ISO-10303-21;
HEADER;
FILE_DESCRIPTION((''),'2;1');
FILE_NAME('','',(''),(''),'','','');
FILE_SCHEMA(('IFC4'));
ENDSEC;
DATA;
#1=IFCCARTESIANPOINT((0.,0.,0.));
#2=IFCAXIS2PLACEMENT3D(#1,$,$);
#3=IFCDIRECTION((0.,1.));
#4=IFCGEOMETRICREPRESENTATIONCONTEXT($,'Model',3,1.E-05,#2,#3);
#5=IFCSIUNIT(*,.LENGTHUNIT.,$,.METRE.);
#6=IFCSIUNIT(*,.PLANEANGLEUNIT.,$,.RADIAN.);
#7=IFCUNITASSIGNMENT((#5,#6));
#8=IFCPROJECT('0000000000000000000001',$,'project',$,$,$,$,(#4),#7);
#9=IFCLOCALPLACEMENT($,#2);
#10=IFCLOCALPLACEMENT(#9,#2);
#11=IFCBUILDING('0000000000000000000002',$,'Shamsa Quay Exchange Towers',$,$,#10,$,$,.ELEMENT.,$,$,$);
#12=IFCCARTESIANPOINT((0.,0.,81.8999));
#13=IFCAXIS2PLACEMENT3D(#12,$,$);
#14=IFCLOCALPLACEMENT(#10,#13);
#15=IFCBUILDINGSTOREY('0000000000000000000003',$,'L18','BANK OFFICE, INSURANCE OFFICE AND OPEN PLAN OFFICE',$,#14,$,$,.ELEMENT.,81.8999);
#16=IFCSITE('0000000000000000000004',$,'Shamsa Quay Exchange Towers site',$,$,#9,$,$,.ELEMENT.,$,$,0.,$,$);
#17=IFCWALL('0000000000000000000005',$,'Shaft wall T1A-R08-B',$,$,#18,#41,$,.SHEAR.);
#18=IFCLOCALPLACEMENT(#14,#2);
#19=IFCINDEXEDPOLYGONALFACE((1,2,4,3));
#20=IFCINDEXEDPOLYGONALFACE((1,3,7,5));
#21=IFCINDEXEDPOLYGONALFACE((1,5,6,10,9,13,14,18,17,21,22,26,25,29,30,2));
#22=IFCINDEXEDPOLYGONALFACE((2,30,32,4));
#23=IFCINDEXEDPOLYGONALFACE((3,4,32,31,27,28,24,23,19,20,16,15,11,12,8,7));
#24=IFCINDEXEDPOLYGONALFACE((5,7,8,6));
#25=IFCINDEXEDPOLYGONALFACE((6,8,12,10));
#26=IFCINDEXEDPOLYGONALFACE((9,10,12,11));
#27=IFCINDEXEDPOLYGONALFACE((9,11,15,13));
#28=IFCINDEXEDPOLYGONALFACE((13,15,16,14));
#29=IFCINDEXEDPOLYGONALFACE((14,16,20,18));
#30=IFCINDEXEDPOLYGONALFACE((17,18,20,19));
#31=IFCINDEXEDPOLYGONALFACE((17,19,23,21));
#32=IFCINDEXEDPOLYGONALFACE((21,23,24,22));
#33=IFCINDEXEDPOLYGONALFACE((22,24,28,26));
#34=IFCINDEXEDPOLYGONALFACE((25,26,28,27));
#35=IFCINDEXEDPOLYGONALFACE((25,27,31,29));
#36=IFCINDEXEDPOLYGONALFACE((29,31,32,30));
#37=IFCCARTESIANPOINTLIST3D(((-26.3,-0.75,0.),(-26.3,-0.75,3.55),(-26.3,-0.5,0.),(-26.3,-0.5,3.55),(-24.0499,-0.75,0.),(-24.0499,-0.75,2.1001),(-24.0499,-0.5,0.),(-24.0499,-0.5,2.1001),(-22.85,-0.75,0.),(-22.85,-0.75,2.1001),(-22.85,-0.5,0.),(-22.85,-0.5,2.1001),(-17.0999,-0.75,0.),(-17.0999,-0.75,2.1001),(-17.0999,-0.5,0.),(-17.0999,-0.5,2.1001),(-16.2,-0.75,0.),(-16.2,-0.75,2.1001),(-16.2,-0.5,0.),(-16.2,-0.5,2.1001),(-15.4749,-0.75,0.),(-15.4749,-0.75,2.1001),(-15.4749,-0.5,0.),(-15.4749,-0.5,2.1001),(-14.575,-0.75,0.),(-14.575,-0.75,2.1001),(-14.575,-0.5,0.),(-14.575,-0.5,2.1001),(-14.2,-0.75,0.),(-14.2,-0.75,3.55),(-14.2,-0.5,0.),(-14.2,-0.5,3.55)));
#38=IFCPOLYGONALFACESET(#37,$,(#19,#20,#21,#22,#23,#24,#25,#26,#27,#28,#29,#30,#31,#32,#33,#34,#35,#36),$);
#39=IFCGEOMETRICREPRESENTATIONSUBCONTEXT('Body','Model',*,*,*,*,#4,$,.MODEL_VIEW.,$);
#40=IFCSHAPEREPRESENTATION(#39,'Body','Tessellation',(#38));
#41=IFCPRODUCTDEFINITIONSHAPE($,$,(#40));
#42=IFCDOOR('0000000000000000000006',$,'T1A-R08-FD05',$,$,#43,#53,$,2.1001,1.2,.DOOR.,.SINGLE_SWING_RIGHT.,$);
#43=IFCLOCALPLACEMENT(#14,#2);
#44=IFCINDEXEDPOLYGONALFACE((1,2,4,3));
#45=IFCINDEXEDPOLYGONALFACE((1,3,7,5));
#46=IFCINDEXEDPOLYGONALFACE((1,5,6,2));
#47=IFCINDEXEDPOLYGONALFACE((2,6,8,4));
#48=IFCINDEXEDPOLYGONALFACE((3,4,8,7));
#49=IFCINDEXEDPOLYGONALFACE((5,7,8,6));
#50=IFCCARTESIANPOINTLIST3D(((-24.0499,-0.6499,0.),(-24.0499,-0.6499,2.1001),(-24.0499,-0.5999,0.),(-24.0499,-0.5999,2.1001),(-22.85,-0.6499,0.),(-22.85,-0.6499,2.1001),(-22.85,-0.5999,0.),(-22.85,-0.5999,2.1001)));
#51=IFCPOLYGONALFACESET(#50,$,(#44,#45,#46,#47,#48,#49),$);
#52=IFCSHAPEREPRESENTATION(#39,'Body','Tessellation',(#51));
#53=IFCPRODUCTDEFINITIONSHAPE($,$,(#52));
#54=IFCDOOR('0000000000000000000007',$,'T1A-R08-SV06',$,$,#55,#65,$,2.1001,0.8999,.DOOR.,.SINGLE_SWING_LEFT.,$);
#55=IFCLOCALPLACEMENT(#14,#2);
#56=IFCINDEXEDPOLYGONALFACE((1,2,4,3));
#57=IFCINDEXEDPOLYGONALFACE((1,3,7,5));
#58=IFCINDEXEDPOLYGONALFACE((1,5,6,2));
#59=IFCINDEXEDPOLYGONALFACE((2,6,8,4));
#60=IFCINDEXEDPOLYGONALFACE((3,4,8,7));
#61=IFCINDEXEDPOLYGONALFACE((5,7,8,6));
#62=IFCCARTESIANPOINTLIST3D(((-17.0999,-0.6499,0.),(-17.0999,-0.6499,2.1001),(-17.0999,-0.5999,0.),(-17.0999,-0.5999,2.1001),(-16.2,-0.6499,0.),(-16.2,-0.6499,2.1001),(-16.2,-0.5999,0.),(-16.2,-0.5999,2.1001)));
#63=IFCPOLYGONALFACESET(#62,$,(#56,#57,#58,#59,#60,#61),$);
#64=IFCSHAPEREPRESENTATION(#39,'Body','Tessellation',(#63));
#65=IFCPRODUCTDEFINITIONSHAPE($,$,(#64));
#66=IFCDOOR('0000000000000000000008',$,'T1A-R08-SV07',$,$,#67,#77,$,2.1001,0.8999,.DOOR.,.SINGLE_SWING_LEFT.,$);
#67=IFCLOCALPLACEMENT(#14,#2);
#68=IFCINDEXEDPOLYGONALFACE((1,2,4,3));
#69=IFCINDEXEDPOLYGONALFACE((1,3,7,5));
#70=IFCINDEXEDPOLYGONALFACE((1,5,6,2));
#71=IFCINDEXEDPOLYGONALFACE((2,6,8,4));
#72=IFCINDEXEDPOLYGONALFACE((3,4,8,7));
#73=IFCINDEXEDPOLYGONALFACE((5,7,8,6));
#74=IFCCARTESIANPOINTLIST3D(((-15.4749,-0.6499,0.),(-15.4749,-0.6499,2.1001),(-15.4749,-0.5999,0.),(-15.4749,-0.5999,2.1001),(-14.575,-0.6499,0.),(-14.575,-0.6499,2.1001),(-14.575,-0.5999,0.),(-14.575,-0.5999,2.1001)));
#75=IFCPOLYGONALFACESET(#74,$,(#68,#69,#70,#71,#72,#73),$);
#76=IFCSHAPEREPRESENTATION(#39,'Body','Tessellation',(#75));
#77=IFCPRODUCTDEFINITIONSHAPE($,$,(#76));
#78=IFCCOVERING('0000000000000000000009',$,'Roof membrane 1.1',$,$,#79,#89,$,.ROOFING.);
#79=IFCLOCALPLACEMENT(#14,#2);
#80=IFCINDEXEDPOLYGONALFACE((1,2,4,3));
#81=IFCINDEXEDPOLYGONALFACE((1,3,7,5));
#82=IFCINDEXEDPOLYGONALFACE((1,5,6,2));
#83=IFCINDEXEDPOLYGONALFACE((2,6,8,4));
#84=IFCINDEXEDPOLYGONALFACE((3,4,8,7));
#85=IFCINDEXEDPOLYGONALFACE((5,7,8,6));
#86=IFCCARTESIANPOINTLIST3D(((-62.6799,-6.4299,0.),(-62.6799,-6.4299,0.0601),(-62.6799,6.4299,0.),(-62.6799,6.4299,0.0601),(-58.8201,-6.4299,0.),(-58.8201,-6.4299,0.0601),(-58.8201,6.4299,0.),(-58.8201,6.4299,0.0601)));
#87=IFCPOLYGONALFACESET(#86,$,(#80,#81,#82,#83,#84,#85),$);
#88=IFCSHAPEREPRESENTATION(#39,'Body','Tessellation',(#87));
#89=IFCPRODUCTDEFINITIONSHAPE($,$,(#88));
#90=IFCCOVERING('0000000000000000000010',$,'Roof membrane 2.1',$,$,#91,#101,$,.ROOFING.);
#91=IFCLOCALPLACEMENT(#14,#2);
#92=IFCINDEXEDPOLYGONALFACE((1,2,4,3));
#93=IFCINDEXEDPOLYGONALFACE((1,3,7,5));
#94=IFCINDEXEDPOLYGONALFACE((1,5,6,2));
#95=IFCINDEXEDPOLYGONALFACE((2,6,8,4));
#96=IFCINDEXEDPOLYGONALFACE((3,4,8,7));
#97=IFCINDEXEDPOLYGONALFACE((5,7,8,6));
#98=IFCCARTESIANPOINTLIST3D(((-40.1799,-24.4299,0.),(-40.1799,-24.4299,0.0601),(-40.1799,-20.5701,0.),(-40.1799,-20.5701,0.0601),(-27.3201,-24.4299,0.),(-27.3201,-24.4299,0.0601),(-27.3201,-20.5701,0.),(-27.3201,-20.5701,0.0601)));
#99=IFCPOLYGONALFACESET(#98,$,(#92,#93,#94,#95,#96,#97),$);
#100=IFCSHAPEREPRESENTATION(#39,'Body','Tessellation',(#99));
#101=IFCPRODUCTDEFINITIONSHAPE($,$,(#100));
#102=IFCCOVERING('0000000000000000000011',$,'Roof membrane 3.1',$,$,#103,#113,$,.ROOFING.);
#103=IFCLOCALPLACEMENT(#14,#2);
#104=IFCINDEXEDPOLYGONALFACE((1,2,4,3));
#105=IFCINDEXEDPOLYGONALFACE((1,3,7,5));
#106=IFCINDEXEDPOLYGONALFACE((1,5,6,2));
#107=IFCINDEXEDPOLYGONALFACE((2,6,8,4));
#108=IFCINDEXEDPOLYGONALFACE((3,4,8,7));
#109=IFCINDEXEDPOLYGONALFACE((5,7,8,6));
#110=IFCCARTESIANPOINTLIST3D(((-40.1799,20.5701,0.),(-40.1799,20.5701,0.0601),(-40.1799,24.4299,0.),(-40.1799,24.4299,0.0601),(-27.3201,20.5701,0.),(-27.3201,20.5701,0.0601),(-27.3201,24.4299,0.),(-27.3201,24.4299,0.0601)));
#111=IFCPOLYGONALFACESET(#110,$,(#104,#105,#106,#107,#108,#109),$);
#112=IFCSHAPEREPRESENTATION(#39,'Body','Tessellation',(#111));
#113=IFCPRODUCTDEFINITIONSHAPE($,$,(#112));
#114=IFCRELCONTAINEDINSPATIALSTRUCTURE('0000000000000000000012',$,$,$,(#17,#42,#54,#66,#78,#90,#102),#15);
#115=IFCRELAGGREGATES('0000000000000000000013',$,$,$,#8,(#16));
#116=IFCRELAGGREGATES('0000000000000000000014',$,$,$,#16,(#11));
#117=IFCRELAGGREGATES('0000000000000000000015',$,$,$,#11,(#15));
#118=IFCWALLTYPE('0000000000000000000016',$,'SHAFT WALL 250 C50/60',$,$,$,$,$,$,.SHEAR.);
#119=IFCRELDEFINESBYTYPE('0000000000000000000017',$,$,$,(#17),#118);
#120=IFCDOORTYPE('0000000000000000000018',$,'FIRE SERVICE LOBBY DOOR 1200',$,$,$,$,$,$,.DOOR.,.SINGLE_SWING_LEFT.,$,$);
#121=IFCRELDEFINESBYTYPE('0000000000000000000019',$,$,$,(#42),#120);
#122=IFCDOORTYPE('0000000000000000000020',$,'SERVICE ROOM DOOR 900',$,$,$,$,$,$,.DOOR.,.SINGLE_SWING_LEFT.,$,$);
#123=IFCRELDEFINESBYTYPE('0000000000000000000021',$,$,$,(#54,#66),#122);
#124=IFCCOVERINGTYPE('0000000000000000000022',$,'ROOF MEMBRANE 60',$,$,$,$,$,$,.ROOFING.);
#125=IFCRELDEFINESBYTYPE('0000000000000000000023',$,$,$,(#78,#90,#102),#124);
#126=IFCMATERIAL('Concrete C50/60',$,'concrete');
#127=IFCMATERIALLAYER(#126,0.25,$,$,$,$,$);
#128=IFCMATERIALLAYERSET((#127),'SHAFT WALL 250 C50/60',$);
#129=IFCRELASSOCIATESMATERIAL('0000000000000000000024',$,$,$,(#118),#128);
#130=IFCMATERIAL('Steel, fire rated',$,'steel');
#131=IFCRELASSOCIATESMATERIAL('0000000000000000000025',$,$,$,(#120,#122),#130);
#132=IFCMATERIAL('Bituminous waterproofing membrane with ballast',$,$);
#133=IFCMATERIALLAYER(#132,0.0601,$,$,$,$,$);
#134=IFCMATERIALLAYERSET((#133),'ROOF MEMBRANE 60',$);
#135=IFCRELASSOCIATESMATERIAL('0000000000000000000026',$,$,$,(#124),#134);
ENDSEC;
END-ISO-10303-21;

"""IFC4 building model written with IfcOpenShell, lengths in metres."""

from ifc_helpers import new_model, si_unit, direction, frame, frame_2d, origin, place, context, subcontext, project, spatial, polyline, rectangle, outline, extrude, material, layer, layer_set, type_object, element, fill, save


model = new_model("IFC4")

# Units and contexts
model_context = context("Model", 3, precision=1e-05, world=origin(), true_north=direction((0.0, 1.0)))
body_context = subcontext(model_context, "Body", "Model", "MODEL_VIEW")
ifc_project = project(units=[si_unit("LENGTHUNIT", "METRE"), si_unit("PLANEANGLEUNIT", "RADIAN")], contexts=[model_context])

# Site, building, storey
site_placement = place(None, origin())
site = spatial("IfcSite", under=ifc_project, at=site_placement, Name="Shamsa Quay Exchange Towers site", CompositionType="ELEMENT", RefElevation=0.0)
building_placement = place(site_placement, origin())
building = spatial("IfcBuilding", under=site, at=building_placement, Name="Shamsa Quay Exchange Towers", CompositionType="ELEMENT")
storey_placement = place(building_placement, frame((0.0, 0.0, 81.8999)))
storey = spatial("IfcBuildingStorey", under=building, at=storey_placement, Name="L18", Description="BANK OFFICE, INSURANCE OFFICE AND OPEN PLAN OFFICE", CompositionType="ELEMENT", Elevation=81.8999)

# Shared definitions
ifc_material_1 = material(Name="Concrete C50/60", Category="concrete")
ifc_layer_1 = layer(ifc_material_1, 0.25)
ifc_layer_set_1 = layer_set([ifc_layer_1], Name="SHAFT WALL 250 C50/60")
wall_type_1 = type_object("IfcWallType", Name="SHAFT WALL 250 C50/60", PredefinedType="SHEAR", material=ifc_layer_set_1)
ifc_material_2 = material(Name="Steel, fire rated", Category="steel")

# Wall, openings, doors
wall_1_placement = place(storey_placement, frame((-14.2, -0.625, 0.0), z_axis=(0.0, 0.0, 1.0), x_axis=(-1.0, 0.0, 0.0)))
wall_1 = element("IfcWall", 1, at=wall_1_placement, inside=storey, type_object=wall_type_1, Name="Shaft wall T1A-R08-B", PredefinedType="SHEAR", context=body_context, shape_type="SweptSolid", body=[
    extrude(rectangle(XDim=12.1001, YDim=0.25, at=frame_2d((6.05, 0.0))), origin(), (0.0, 0.0, 1.0), 3.55),
])
opening_1_placement = place(wall_1_placement, frame((8.6499, 0.0, 0.0)))
opening_1 = element("IfcOpeningElement", 2, at=opening_1_placement, cuts=wall_1, PredefinedType="OPENING", context=body_context, shape_type="SweptSolid", body=[
    extrude(rectangle(XDim=1.2, YDim=2.1001, at=frame_2d((0.6001, 1.05))), frame((0.0, 0.135, 0.0), z_axis=(0.0, -1.0, 0.0), x_axis=(1.0, 0.0, 0.0)), (0.0, 0.0, 1.0), 0.27),
])
opening_2_placement = place(wall_1_placement, frame((2.0, 0.0, 0.0)))
opening_2 = element("IfcOpeningElement", 3, at=opening_2_placement, cuts=wall_1, PredefinedType="OPENING", context=body_context, shape_type="SweptSolid", body=[
    extrude(rectangle(XDim=0.8999, YDim=2.1001, at=frame_2d((0.45, 1.05))), frame((0.0, 0.135, 0.0), z_axis=(0.0, -1.0, 0.0), x_axis=(1.0, 0.0, 0.0)), (0.0, 0.0, 1.0), 0.27),
])
opening_3_placement = place(wall_1_placement, frame((0.375, 0.0, 0.0)))
opening_3 = element("IfcOpeningElement", 4, at=opening_3_placement, cuts=wall_1, PredefinedType="OPENING", context=body_context, shape_type="SweptSolid", body=[
    extrude(rectangle(XDim=0.8999, YDim=2.1001, at=frame_2d((0.45, 1.05))), frame((0.0, 0.135, 0.0), z_axis=(0.0, -1.0, 0.0), x_axis=(1.0, 0.0, 0.0)), (0.0, 0.0, 1.0), 0.27),
])
door_type_1 = type_object("IfcDoorType", Name="FIRE SERVICE LOBBY DOOR 1200", OperationType="SINGLE_SWING_LEFT", PredefinedType="DOOR", material=ifc_material_2)
door_1_placement = place(opening_1_placement, origin())
door_1 = element("IfcDoor", 5, at=door_1_placement, inside=storey, type_object=door_type_1, Name="T1A-R08-FD05", OperationType="SINGLE_SWING_RIGHT", OverallHeight=2.1001, OverallWidth=1.2, PredefinedType="DOOR", context=body_context, shape_type="SweptSolid", body=[
    extrude(rectangle(XDim=1.2, YDim=2.1001, at=frame_2d((0.6001, 1.05))), frame((0.0, 0.0249, 0.0), z_axis=(0.0, -1.0, 0.0), x_axis=(1.0, 0.0, 0.0)), (0.0, 0.0, 1.0), 0.05),
])
fill(opening_1, door_1)
door_type_2 = type_object("IfcDoorType", Name="SERVICE ROOM DOOR 900", OperationType="SINGLE_SWING_LEFT", PredefinedType="DOOR", material=ifc_material_2)
door_2_placement = place(opening_2_placement, origin())
door_2 = element("IfcDoor", 6, at=door_2_placement, inside=storey, type_object=door_type_2, Name="T1A-R08-SV06", OperationType="SINGLE_SWING_LEFT", OverallHeight=2.1001, OverallWidth=0.8999, PredefinedType="DOOR", context=body_context, shape_type="SweptSolid", body=[
    extrude(rectangle(XDim=0.8999, YDim=2.1001, at=frame_2d((0.45, 1.05))), frame((0.0, 0.0249, 0.0), z_axis=(0.0, -1.0, 0.0), x_axis=(1.0, 0.0, 0.0)), (0.0, 0.0, 1.0), 0.05),
])
fill(opening_2, door_2)
door_3_placement = place(opening_3_placement, origin())
door_3 = element("IfcDoor", 7, at=door_3_placement, inside=storey, type_object=door_type_2, Name="T1A-R08-SV07", OperationType="SINGLE_SWING_LEFT", OverallHeight=2.1001, OverallWidth=0.8999, PredefinedType="DOOR", context=body_context, shape_type="SweptSolid", body=[
    extrude(rectangle(XDim=0.8999, YDim=2.1001, at=frame_2d((0.45, 1.05))), frame((0.0, 0.0249, 0.0), z_axis=(0.0, -1.0, 0.0), x_axis=(1.0, 0.0, 0.0)), (0.0, 0.0, 1.0), 0.05),
])
fill(opening_3, door_3)

# Coverings
ifc_material_3 = material(Name="Bituminous waterproofing membrane with ballast")
ifc_layer_2 = layer(ifc_material_3, 0.0601)
ifc_layer_set_2 = layer_set([ifc_layer_2], Name="ROOF MEMBRANE 60")
covering_type = type_object("IfcCoveringType", Name="ROOF MEMBRANE 60", PredefinedType="ROOFING", material=ifc_layer_set_2)
covering_1_placement = place(storey_placement, origin())
element("IfcCovering", 8, at=covering_1_placement, inside=storey, type_object=covering_type, Name="Roof membrane 1.1", PredefinedType="ROOFING", context=body_context, shape_type="SweptSolid", body=[
    extrude(outline(polyline([(-58.8201, -6.4299), (-62.6799, -6.4299), (-62.6799, 6.4299), (-58.8201, 6.4299), (-58.8201, -6.4299)])), origin(), (0.0, 0.0, 1.0), 0.0601),
])
covering_2_placement = place(storey_placement, origin())
element("IfcCovering", 9, at=covering_2_placement, inside=storey, type_object=covering_type, Name="Roof membrane 2.1", PredefinedType="ROOFING", context=body_context, shape_type="SweptSolid", body=[
    extrude(outline(polyline([(-40.1799, -20.5701), (-27.3201, -20.5701), (-27.3201, -24.4299), (-40.1799, -24.4299), (-40.1799, -20.5701)])), origin(), (0.0, 0.0, 1.0), 0.0601),
])
covering_3_placement = place(storey_placement, origin())
element("IfcCovering", 10, at=covering_3_placement, inside=storey, type_object=covering_type, Name="Roof membrane 3.1", PredefinedType="ROOFING", context=body_context, shape_type="SweptSolid", body=[
    extrude(outline(polyline([(-40.1799, 20.5701), (-40.1799, 24.4299), (-27.3201, 24.4299), (-27.3201, 20.5701), (-40.1799, 20.5701)])), origin(), (0.0, 0.0, 1.0), 0.0601),
])

save(model, "model.ifc")
